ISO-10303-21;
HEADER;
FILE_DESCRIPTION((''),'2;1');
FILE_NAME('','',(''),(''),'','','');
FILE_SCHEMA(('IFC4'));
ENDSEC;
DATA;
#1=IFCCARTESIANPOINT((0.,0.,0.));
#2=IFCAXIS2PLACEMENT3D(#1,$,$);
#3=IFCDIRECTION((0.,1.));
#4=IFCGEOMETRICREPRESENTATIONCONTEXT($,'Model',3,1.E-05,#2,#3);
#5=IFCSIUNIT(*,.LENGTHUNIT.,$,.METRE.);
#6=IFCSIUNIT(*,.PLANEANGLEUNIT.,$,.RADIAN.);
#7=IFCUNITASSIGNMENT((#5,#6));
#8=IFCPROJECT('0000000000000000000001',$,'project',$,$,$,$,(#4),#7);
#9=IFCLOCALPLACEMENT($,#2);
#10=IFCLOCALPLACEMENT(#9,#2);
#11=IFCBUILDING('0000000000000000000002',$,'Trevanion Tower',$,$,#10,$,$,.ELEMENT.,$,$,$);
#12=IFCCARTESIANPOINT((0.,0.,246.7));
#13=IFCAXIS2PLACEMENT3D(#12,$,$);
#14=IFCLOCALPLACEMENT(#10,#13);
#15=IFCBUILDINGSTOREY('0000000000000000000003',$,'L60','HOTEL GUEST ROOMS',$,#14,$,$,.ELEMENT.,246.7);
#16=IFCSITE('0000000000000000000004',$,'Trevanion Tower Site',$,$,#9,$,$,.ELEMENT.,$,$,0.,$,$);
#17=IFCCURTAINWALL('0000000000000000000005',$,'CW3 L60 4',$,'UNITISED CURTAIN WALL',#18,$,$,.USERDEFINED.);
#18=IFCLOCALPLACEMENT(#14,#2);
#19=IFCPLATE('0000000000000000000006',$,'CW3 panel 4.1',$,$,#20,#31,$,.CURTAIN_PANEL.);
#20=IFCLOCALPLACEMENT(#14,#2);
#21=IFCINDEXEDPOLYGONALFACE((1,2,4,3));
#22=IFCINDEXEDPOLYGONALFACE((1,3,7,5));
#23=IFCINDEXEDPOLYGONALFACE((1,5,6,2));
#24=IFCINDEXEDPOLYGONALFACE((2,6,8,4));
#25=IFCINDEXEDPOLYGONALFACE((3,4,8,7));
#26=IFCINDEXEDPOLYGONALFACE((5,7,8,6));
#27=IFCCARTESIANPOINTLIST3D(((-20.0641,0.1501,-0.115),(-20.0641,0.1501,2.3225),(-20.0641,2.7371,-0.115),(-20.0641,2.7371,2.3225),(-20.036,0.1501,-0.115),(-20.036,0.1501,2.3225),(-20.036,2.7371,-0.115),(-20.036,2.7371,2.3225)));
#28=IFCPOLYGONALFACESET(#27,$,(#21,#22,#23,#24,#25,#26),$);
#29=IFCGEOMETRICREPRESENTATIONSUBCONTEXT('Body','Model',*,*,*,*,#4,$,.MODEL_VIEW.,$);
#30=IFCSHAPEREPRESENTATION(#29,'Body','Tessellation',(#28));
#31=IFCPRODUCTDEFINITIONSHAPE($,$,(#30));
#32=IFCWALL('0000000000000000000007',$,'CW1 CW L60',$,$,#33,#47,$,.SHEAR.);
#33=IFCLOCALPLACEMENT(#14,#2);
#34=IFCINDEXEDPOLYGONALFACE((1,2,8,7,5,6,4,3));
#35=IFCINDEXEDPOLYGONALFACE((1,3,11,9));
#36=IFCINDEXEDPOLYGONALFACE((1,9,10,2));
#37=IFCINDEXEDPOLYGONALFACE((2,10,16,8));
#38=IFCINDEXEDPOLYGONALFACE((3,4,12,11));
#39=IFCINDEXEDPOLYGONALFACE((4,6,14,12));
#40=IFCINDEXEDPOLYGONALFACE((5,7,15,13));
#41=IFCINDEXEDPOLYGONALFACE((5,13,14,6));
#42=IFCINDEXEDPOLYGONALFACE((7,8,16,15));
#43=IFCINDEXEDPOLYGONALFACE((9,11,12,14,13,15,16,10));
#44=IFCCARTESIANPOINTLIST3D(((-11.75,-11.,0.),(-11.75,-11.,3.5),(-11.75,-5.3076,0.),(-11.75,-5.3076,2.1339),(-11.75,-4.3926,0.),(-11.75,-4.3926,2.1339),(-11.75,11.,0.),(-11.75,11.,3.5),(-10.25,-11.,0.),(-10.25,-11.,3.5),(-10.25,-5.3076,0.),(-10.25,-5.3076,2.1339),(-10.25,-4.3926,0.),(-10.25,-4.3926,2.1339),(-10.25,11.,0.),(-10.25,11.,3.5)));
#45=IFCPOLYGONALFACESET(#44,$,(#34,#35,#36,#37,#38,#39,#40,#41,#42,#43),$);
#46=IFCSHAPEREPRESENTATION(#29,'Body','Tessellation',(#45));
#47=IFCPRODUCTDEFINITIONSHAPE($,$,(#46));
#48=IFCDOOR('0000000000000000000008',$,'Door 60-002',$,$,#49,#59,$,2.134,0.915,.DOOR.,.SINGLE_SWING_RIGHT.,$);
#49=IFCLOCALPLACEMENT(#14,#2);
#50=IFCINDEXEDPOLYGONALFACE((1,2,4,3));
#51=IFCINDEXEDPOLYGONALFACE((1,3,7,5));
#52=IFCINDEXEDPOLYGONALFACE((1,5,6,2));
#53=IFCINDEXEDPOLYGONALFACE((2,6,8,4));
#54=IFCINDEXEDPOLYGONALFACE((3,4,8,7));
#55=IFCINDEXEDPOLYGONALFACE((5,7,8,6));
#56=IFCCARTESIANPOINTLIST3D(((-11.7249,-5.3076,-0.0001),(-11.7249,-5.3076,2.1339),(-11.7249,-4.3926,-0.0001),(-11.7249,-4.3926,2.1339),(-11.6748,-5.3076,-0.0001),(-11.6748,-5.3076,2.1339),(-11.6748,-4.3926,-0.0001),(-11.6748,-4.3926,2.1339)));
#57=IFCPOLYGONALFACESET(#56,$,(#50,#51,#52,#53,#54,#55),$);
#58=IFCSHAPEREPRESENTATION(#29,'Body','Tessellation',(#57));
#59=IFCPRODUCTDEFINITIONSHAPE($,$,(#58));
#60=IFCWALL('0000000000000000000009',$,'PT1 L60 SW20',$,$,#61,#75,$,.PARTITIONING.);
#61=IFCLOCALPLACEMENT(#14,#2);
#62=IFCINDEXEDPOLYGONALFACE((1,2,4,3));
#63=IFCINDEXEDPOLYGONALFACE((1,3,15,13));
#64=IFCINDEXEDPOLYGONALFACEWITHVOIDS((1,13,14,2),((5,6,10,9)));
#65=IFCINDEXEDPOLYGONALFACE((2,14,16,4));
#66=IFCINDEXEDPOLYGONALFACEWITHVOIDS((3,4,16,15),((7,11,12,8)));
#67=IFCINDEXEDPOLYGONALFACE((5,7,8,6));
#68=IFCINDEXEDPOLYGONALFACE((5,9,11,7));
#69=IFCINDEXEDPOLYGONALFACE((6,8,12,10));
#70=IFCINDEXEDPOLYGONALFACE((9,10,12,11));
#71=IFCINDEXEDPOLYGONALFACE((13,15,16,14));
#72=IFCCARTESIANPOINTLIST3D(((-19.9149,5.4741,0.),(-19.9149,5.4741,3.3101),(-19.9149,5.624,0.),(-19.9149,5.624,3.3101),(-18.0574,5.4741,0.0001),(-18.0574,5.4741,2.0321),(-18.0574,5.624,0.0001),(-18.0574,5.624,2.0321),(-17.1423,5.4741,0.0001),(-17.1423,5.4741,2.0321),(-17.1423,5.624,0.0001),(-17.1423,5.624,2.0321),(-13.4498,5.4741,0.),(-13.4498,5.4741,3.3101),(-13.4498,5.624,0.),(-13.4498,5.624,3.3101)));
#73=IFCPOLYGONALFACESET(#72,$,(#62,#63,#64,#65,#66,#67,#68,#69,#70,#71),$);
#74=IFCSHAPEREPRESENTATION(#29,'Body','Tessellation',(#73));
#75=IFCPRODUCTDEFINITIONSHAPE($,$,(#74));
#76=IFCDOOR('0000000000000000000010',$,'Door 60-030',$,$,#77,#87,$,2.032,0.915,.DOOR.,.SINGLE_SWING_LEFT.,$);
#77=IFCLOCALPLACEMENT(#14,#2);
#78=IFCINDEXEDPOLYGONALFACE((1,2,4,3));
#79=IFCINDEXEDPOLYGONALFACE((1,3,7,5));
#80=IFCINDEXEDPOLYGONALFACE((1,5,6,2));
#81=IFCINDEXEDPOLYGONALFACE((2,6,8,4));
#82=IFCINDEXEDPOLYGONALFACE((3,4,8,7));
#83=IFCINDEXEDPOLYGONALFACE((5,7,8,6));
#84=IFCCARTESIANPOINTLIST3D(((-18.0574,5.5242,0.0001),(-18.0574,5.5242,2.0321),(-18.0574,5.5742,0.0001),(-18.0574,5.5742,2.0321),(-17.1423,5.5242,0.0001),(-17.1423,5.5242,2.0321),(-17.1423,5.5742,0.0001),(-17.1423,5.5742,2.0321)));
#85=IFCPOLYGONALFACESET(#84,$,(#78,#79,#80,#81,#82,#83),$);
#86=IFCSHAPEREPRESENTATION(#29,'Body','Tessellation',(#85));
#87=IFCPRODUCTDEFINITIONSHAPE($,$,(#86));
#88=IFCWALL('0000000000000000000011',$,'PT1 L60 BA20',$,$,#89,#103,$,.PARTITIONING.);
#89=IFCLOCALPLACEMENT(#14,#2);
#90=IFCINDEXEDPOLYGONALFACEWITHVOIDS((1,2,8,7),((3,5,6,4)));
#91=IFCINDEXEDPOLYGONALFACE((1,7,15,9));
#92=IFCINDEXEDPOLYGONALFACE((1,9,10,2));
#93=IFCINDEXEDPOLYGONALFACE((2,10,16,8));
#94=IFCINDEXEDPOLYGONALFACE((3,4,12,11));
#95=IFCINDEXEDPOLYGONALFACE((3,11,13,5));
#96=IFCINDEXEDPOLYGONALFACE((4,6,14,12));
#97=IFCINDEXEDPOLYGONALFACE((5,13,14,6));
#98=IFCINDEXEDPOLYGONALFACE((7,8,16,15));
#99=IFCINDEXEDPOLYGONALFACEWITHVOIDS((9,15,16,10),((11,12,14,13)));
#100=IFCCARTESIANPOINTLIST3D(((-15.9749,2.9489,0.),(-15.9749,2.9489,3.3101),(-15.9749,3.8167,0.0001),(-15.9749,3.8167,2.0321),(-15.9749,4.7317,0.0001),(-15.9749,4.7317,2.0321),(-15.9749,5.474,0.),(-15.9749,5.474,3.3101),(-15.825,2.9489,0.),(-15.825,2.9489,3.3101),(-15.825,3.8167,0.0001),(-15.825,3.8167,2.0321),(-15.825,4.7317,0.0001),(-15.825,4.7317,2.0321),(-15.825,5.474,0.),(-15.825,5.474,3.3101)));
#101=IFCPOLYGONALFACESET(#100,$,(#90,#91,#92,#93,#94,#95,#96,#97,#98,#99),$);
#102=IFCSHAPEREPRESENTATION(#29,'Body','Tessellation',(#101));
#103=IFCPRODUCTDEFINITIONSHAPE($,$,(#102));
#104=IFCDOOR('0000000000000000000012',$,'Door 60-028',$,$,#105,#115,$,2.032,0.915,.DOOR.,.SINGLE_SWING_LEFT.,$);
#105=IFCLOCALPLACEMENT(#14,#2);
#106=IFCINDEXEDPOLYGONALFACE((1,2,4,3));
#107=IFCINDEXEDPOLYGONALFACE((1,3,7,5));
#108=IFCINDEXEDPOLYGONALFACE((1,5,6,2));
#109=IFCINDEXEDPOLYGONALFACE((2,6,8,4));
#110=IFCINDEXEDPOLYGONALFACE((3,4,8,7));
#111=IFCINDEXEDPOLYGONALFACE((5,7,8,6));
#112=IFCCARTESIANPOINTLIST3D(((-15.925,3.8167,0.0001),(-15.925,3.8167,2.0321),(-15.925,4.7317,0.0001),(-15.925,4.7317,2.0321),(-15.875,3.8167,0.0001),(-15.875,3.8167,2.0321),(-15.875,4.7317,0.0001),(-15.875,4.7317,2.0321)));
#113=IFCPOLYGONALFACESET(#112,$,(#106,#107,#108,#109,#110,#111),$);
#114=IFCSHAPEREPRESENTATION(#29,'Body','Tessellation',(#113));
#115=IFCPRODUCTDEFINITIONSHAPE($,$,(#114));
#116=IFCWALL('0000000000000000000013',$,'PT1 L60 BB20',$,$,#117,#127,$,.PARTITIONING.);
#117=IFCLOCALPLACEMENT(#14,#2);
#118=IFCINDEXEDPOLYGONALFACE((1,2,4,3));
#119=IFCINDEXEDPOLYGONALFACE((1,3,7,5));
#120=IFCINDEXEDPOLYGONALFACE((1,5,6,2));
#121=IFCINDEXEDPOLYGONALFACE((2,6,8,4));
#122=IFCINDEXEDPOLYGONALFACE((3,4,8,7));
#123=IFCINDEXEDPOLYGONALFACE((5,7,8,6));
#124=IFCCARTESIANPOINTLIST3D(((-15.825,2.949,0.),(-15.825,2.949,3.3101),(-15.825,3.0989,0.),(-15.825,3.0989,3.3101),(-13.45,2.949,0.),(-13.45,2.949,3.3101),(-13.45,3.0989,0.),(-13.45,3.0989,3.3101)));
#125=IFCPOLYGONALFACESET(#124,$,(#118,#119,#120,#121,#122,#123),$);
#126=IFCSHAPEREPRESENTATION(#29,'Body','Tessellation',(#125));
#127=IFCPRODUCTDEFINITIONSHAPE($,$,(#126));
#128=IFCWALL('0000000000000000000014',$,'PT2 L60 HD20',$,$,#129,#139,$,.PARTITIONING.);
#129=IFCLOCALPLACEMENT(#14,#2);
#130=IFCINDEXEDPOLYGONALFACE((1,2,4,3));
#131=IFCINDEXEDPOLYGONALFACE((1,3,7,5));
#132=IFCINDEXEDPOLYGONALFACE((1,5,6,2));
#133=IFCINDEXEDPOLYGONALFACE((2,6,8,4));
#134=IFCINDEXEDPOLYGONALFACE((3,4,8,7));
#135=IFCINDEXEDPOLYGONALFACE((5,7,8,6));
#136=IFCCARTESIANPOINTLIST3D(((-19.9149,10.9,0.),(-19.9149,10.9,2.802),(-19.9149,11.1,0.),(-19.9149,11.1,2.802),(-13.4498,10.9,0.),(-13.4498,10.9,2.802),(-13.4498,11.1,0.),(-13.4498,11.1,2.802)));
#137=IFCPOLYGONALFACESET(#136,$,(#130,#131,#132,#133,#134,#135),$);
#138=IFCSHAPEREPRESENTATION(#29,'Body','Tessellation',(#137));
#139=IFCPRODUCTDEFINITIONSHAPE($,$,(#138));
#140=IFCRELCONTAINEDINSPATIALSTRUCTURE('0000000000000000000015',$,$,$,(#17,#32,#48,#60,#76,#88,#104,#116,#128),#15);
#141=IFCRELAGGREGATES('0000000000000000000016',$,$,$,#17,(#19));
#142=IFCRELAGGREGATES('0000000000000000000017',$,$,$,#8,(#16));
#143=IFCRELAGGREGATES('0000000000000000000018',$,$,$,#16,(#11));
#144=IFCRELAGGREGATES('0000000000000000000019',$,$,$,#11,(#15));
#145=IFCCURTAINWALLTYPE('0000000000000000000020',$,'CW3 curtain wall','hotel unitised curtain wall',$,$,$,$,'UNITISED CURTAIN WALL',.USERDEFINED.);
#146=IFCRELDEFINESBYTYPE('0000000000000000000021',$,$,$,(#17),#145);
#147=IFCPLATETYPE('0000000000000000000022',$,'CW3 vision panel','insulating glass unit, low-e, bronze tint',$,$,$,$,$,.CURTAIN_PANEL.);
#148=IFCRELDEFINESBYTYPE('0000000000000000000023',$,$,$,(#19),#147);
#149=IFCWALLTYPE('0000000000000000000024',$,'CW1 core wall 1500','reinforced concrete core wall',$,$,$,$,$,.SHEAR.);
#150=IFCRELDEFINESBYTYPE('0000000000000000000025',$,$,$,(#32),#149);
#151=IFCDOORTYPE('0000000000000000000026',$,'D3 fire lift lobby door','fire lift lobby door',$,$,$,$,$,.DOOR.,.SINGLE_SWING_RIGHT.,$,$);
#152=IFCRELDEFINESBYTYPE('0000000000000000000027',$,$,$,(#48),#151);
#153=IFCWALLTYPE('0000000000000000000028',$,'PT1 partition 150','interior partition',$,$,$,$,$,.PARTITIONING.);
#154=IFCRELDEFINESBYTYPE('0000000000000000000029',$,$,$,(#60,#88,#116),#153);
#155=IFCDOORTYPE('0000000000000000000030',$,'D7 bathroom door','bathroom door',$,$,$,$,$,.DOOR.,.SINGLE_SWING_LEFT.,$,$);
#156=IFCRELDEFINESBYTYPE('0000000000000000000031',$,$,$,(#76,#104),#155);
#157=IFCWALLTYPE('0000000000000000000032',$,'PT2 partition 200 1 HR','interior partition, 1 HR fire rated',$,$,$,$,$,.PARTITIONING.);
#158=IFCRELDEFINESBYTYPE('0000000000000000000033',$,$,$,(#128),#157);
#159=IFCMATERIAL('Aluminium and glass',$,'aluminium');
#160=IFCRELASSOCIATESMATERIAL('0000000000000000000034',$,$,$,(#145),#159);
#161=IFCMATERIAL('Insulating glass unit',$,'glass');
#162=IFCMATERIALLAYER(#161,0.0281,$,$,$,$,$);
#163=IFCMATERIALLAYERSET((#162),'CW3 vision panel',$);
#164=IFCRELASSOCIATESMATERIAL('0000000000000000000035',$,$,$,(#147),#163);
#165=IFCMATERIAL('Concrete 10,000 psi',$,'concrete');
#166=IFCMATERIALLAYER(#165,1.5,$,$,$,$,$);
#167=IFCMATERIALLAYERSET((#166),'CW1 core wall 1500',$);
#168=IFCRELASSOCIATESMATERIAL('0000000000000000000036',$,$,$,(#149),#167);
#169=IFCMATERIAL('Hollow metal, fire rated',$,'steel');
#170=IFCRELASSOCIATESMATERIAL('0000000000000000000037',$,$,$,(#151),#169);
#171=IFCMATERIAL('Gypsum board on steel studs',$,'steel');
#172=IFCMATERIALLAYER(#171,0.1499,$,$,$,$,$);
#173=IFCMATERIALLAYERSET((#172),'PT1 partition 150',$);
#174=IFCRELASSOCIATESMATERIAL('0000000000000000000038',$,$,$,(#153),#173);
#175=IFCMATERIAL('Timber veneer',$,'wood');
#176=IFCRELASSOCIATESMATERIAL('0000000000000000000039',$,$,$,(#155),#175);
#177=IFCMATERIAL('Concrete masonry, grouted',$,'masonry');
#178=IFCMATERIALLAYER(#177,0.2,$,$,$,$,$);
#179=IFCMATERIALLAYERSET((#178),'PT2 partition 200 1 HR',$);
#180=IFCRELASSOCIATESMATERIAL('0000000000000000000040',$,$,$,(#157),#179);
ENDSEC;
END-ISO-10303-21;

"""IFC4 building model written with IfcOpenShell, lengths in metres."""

from ifc_helpers import new_model, si_unit, direction, frame, frame_2d, origin, origin_2d, place, context, subcontext, project, spatial, rectangle, extrude, material, layer, layer_set, type_object, element, fill, aggregate, save


model = new_model("IFC4")

# Units and contexts
model_context = context("Model", 3, precision=1e-05, world=origin(), true_north=direction((0.0, 1.0)))
body_context = subcontext(model_context, "Body", "Model", "MODEL_VIEW")
ifc_project = project(units=[si_unit("LENGTHUNIT", "METRE"), si_unit("PLANEANGLEUNIT", "RADIAN")], contexts=[model_context])

# Site, building, storey
site_placement = place(None, origin())
site = spatial("IfcSite", under=ifc_project, at=site_placement, Name="Trevanion Tower Site", CompositionType="ELEMENT", RefElevation=0.0)
building_placement = place(site_placement, origin())
building = spatial("IfcBuilding", under=site, at=building_placement, Name="Trevanion Tower", CompositionType="ELEMENT")
storey_placement = place(building_placement, frame((0.0, 0.0, 246.7)))
storey = spatial("IfcBuildingStorey", under=building, at=storey_placement, Name="L60", Description="HOTEL GUEST ROOMS", CompositionType="ELEMENT", Elevation=246.7)

# Curtain wall
ifc_material_1 = material(Name="Aluminium and glass", Category="aluminium")
curtain_wall_type = type_object("IfcCurtainWallType", Name="CW3 curtain wall", Description="hotel unitised curtain wall", ElementType="UNITISED CURTAIN WALL", PredefinedType="USERDEFINED", material=ifc_material_1)
curtain_wall_placement = place(storey_placement, origin())
curtain_wall = element("IfcCurtainWall", 1, at=curtain_wall_placement, inside=storey, type_object=curtain_wall_type, Name="CW3 L60 4", ObjectType="UNITISED CURTAIN WALL", PredefinedType="USERDEFINED")

# Plate
ifc_material_2 = material(Name="Insulating glass unit", Category="glass")
ifc_layer_1 = layer(ifc_material_2, 0.0281)
ifc_layer_set_1 = layer_set([ifc_layer_1], Name="CW3 vision panel")
plate_type_1 = type_object("IfcPlateType", Name="CW3 vision panel", Description="insulating glass unit, low-e, bronze tint", PredefinedType="CURTAIN_PANEL", material=ifc_layer_set_1)
plate_1_placement = place(storey_placement, frame((-20.05, 1.4436, -0.115), z_axis=(0.0, 0.0, 1.0), x_axis=(0.0, -1.0, 0.0)))
plate_1 = element("IfcPlate", 2, at=plate_1_placement, type_object=plate_type_1, Name="CW3 panel 4.1", PredefinedType="CURTAIN_PANEL", context=body_context, shape_type="SweptSolid", body=[
    extrude(rectangle(XDim=2.5869, YDim=0.0281, at=origin_2d()), origin(), (0.0, 0.0, 1.0), 2.4375),
])
aggregate(curtain_wall, [plate_1])

# Walls, openings, doors
ifc_material_3 = material(Name="Concrete 10,000 psi", Category="concrete")
ifc_layer_2 = layer(ifc_material_3, 1.5)
ifc_layer_set_2 = layer_set([ifc_layer_2], Name="CW1 core wall 1500")
wall_type_1 = type_object("IfcWallType", Name="CW1 core wall 1500", Description="reinforced concrete core wall", PredefinedType="SHEAR", material=ifc_layer_set_2)
wall_1_placement = place(storey_placement, frame((-11.0, 11.0, 0.0), z_axis=(0.0, 0.0, 1.0), x_axis=(0.0, -1.0, 0.0)))
wall_1 = element("IfcWall", 3, at=wall_1_placement, inside=storey, type_object=wall_type_1, Name="CW1 CW L60", PredefinedType="SHEAR", context=body_context, shape_type="SweptSolid", body=[
    extrude(rectangle(XDim=22.0, YDim=1.5, at=frame_2d((11.0, 0.0))), origin(), (0.0, 0.0, 1.0), 3.5),
])
opening_1_placement = place(wall_1_placement, frame((15.3926, 0.0, 0.0)))
opening_1 = element("IfcOpeningElement", 4, at=opening_1_placement, cuts=wall_1, PredefinedType="OPENING", context=body_context, shape_type="SweptSolid", body=[
    extrude(rectangle(XDim=0.915, YDim=2.134, at=frame_2d((0.4575, 1.0669))), frame((0.0, 0.76, 0.0), z_axis=(0.0, -1.0, 0.0), x_axis=(1.0, 0.0, 0.0)), (0.0, 0.0, 1.0), 1.52),
])
ifc_material_4 = material(Name="Hollow metal, fire rated", Category="steel")
door_type_1 = type_object("IfcDoorType", Name="D3 fire lift lobby door", Description="fire lift lobby door", OperationType="SINGLE_SWING_RIGHT", PredefinedType="DOOR", material=ifc_material_4)
door_1_placement = place(opening_1_placement, origin())
door_1 = element("IfcDoor", 5, at=door_1_placement, inside=storey, type_object=door_type_1, Name="Door 60-002", OperationType="SINGLE_SWING_RIGHT", OverallHeight=2.134, OverallWidth=0.915, PredefinedType="DOOR", context=body_context, shape_type="SweptSolid", body=[
    extrude(rectangle(XDim=0.915, YDim=2.134, at=frame_2d((0.4575, 1.0669))), frame((0.0, -0.6748, 0.0), z_axis=(0.0, -1.0, 0.0), x_axis=(1.0, 0.0, 0.0)), (0.0, 0.0, 1.0), 0.05),
])
fill(opening_1, door_1)
ifc_material_5 = material(Name="Gypsum board on steel studs", Category="steel")
ifc_layer_3 = layer(ifc_material_5, 0.1499)
ifc_layer_set_3 = layer_set([ifc_layer_3], Name="PT1 partition 150")
wall_type_2 = type_object("IfcWallType", Name="PT1 partition 150", Description="interior partition", PredefinedType="PARTITIONING", material=ifc_layer_set_3)
wall_2_placement = place(storey_placement, frame((-13.45, 5.5491, 0.0), z_axis=(0.0, 0.0, 1.0), x_axis=(-1.0, 0.0, 0.0)))
wall_2 = element("IfcWall", 6, at=wall_2_placement, inside=storey, type_object=wall_type_2, Name="PT1 L60 SW20", PredefinedType="PARTITIONING", context=body_context, shape_type="SweptSolid", body=[
    extrude(rectangle(XDim=6.4651, YDim=0.1499, at=frame_2d((3.2324, 0.0))), origin(), (0.0, 0.0, 1.0), 3.3101),
])
opening_2_placement = place(wall_2_placement, frame((3.6924, 0.0, 0.0)))
opening_2 = element("IfcOpeningElement", 7, at=opening_2_placement, cuts=wall_2, PredefinedType="OPENING", context=body_context, shape_type="SweptSolid", body=[
    extrude(rectangle(XDim=0.915, YDim=2.032, at=frame_2d((0.4575, 1.0161))), frame((0.0, 0.085, 0.0), z_axis=(0.0, -1.0, 0.0), x_axis=(1.0, 0.0, 0.0)), (0.0, 0.0, 1.0), 0.1699),
])
ifc_material_6 = material(Name="Timber veneer", Category="wood")
door_type_2 = type_object("IfcDoorType", Name="D7 bathroom door", Description="bathroom door", OperationType="SINGLE_SWING_LEFT", PredefinedType="DOOR", material=ifc_material_6)
door_2_placement = place(opening_2_placement, origin())
door_2 = element("IfcDoor", 8, at=door_2_placement, inside=storey, type_object=door_type_2, Name="Door 60-030", OperationType="SINGLE_SWING_LEFT", OverallHeight=2.032, OverallWidth=0.915, PredefinedType="DOOR", context=body_context, shape_type="SweptSolid", body=[
    extrude(rectangle(XDim=0.915, YDim=2.032, at=frame_2d((0.4575, 1.0161))), frame((0.0, 0.0249, 0.0), z_axis=(0.0, -1.0, 0.0), x_axis=(1.0, 0.0, 0.0)), (0.0, 0.0, 1.0), 0.05),
])
fill(opening_2, door_2)
wall_3_placement = place(storey_placement, frame((-15.8999, 5.4741, 0.0), z_axis=(0.0, 0.0, 1.0), x_axis=(0.0, -1.0, 0.0)))
wall_3 = element("IfcWall", 9, at=wall_3_placement, inside=storey, type_object=wall_type_2, Name="PT1 L60 BA20", PredefinedType="PARTITIONING", context=body_context, shape_type="SweptSolid", body=[
    extrude(rectangle(XDim=2.5251, YDim=0.1499, at=frame_2d((1.2627, 0.0))), origin(), (0.0, 0.0, 1.0), 3.3101),
])
opening_3_placement = place(wall_3_placement, frame((0.7424, 0.0, 0.0)))
opening_3 = element("IfcOpeningElement", 10, at=opening_3_placement, cuts=wall_3, PredefinedType="OPENING", context=body_context, shape_type="SweptSolid", body=[
    extrude(rectangle(XDim=0.915, YDim=2.032, at=frame_2d((0.4575, 1.0161))), frame((0.0, 0.085, 0.0), z_axis=(0.0, -1.0, 0.0), x_axis=(1.0, 0.0, 0.0)), (0.0, 0.0, 1.0), 0.1699),
])
door_3_placement = place(opening_3_placement, origin())
door_3 = element("IfcDoor", 11, at=door_3_placement, inside=storey, type_object=door_type_2, Name="Door 60-028", OperationType="SINGLE_SWING_LEFT", OverallHeight=2.032, OverallWidth=0.915, PredefinedType="DOOR", context=body_context, shape_type="SweptSolid", body=[
    extrude(rectangle(XDim=0.915, YDim=2.032, at=frame_2d((0.4575, 1.0161))), frame((0.0, 0.0249, 0.0), z_axis=(0.0, -1.0, 0.0), x_axis=(1.0, 0.0, 0.0)), (0.0, 0.0, 1.0), 0.05),
])
fill(opening_3, door_3)

# Walls
wall_4_placement = place(storey_placement, frame((-13.45, 3.0239, 0.0), z_axis=(0.0, 0.0, 1.0), x_axis=(-1.0, 0.0, 0.0)))
element("IfcWall", 12, at=wall_4_placement, inside=storey, type_object=wall_type_2, Name="PT1 L60 BB20", PredefinedType="PARTITIONING", context=body_context, shape_type="SweptSolid", body=[
    extrude(rectangle(XDim=2.375, YDim=0.1499, at=frame_2d((1.1875, 0.0))), origin(), (0.0, 0.0, 1.0), 3.3101),
])
ifc_material_7 = material(Name="Concrete masonry, grouted", Category="masonry")
ifc_layer_4 = layer(ifc_material_7, 0.2)
ifc_layer_set_4 = layer_set([ifc_layer_4], Name="PT2 partition 200 1 HR")
wall_type_3 = type_object("IfcWallType", Name="PT2 partition 200 1 HR", Description="interior partition, 1 HR fire rated", PredefinedType="PARTITIONING", material=ifc_layer_set_4)
wall_5_placement = place(storey_placement, frame((-13.45, 11.0, 0.0), z_axis=(0.0, 0.0, 1.0), x_axis=(-1.0, 0.0, 0.0)))
element("IfcWall", 13, at=wall_5_placement, inside=storey, type_object=wall_type_3, Name="PT2 L60 HD20", PredefinedType="PARTITIONING", context=body_context, shape_type="SweptSolid", body=[
    extrude(rectangle(XDim=6.4651, YDim=0.2, at=frame_2d((3.2324, 0.0))), origin(), (0.0, 0.0, 1.0), 2.802),
])

save(model, "model.ifc")
